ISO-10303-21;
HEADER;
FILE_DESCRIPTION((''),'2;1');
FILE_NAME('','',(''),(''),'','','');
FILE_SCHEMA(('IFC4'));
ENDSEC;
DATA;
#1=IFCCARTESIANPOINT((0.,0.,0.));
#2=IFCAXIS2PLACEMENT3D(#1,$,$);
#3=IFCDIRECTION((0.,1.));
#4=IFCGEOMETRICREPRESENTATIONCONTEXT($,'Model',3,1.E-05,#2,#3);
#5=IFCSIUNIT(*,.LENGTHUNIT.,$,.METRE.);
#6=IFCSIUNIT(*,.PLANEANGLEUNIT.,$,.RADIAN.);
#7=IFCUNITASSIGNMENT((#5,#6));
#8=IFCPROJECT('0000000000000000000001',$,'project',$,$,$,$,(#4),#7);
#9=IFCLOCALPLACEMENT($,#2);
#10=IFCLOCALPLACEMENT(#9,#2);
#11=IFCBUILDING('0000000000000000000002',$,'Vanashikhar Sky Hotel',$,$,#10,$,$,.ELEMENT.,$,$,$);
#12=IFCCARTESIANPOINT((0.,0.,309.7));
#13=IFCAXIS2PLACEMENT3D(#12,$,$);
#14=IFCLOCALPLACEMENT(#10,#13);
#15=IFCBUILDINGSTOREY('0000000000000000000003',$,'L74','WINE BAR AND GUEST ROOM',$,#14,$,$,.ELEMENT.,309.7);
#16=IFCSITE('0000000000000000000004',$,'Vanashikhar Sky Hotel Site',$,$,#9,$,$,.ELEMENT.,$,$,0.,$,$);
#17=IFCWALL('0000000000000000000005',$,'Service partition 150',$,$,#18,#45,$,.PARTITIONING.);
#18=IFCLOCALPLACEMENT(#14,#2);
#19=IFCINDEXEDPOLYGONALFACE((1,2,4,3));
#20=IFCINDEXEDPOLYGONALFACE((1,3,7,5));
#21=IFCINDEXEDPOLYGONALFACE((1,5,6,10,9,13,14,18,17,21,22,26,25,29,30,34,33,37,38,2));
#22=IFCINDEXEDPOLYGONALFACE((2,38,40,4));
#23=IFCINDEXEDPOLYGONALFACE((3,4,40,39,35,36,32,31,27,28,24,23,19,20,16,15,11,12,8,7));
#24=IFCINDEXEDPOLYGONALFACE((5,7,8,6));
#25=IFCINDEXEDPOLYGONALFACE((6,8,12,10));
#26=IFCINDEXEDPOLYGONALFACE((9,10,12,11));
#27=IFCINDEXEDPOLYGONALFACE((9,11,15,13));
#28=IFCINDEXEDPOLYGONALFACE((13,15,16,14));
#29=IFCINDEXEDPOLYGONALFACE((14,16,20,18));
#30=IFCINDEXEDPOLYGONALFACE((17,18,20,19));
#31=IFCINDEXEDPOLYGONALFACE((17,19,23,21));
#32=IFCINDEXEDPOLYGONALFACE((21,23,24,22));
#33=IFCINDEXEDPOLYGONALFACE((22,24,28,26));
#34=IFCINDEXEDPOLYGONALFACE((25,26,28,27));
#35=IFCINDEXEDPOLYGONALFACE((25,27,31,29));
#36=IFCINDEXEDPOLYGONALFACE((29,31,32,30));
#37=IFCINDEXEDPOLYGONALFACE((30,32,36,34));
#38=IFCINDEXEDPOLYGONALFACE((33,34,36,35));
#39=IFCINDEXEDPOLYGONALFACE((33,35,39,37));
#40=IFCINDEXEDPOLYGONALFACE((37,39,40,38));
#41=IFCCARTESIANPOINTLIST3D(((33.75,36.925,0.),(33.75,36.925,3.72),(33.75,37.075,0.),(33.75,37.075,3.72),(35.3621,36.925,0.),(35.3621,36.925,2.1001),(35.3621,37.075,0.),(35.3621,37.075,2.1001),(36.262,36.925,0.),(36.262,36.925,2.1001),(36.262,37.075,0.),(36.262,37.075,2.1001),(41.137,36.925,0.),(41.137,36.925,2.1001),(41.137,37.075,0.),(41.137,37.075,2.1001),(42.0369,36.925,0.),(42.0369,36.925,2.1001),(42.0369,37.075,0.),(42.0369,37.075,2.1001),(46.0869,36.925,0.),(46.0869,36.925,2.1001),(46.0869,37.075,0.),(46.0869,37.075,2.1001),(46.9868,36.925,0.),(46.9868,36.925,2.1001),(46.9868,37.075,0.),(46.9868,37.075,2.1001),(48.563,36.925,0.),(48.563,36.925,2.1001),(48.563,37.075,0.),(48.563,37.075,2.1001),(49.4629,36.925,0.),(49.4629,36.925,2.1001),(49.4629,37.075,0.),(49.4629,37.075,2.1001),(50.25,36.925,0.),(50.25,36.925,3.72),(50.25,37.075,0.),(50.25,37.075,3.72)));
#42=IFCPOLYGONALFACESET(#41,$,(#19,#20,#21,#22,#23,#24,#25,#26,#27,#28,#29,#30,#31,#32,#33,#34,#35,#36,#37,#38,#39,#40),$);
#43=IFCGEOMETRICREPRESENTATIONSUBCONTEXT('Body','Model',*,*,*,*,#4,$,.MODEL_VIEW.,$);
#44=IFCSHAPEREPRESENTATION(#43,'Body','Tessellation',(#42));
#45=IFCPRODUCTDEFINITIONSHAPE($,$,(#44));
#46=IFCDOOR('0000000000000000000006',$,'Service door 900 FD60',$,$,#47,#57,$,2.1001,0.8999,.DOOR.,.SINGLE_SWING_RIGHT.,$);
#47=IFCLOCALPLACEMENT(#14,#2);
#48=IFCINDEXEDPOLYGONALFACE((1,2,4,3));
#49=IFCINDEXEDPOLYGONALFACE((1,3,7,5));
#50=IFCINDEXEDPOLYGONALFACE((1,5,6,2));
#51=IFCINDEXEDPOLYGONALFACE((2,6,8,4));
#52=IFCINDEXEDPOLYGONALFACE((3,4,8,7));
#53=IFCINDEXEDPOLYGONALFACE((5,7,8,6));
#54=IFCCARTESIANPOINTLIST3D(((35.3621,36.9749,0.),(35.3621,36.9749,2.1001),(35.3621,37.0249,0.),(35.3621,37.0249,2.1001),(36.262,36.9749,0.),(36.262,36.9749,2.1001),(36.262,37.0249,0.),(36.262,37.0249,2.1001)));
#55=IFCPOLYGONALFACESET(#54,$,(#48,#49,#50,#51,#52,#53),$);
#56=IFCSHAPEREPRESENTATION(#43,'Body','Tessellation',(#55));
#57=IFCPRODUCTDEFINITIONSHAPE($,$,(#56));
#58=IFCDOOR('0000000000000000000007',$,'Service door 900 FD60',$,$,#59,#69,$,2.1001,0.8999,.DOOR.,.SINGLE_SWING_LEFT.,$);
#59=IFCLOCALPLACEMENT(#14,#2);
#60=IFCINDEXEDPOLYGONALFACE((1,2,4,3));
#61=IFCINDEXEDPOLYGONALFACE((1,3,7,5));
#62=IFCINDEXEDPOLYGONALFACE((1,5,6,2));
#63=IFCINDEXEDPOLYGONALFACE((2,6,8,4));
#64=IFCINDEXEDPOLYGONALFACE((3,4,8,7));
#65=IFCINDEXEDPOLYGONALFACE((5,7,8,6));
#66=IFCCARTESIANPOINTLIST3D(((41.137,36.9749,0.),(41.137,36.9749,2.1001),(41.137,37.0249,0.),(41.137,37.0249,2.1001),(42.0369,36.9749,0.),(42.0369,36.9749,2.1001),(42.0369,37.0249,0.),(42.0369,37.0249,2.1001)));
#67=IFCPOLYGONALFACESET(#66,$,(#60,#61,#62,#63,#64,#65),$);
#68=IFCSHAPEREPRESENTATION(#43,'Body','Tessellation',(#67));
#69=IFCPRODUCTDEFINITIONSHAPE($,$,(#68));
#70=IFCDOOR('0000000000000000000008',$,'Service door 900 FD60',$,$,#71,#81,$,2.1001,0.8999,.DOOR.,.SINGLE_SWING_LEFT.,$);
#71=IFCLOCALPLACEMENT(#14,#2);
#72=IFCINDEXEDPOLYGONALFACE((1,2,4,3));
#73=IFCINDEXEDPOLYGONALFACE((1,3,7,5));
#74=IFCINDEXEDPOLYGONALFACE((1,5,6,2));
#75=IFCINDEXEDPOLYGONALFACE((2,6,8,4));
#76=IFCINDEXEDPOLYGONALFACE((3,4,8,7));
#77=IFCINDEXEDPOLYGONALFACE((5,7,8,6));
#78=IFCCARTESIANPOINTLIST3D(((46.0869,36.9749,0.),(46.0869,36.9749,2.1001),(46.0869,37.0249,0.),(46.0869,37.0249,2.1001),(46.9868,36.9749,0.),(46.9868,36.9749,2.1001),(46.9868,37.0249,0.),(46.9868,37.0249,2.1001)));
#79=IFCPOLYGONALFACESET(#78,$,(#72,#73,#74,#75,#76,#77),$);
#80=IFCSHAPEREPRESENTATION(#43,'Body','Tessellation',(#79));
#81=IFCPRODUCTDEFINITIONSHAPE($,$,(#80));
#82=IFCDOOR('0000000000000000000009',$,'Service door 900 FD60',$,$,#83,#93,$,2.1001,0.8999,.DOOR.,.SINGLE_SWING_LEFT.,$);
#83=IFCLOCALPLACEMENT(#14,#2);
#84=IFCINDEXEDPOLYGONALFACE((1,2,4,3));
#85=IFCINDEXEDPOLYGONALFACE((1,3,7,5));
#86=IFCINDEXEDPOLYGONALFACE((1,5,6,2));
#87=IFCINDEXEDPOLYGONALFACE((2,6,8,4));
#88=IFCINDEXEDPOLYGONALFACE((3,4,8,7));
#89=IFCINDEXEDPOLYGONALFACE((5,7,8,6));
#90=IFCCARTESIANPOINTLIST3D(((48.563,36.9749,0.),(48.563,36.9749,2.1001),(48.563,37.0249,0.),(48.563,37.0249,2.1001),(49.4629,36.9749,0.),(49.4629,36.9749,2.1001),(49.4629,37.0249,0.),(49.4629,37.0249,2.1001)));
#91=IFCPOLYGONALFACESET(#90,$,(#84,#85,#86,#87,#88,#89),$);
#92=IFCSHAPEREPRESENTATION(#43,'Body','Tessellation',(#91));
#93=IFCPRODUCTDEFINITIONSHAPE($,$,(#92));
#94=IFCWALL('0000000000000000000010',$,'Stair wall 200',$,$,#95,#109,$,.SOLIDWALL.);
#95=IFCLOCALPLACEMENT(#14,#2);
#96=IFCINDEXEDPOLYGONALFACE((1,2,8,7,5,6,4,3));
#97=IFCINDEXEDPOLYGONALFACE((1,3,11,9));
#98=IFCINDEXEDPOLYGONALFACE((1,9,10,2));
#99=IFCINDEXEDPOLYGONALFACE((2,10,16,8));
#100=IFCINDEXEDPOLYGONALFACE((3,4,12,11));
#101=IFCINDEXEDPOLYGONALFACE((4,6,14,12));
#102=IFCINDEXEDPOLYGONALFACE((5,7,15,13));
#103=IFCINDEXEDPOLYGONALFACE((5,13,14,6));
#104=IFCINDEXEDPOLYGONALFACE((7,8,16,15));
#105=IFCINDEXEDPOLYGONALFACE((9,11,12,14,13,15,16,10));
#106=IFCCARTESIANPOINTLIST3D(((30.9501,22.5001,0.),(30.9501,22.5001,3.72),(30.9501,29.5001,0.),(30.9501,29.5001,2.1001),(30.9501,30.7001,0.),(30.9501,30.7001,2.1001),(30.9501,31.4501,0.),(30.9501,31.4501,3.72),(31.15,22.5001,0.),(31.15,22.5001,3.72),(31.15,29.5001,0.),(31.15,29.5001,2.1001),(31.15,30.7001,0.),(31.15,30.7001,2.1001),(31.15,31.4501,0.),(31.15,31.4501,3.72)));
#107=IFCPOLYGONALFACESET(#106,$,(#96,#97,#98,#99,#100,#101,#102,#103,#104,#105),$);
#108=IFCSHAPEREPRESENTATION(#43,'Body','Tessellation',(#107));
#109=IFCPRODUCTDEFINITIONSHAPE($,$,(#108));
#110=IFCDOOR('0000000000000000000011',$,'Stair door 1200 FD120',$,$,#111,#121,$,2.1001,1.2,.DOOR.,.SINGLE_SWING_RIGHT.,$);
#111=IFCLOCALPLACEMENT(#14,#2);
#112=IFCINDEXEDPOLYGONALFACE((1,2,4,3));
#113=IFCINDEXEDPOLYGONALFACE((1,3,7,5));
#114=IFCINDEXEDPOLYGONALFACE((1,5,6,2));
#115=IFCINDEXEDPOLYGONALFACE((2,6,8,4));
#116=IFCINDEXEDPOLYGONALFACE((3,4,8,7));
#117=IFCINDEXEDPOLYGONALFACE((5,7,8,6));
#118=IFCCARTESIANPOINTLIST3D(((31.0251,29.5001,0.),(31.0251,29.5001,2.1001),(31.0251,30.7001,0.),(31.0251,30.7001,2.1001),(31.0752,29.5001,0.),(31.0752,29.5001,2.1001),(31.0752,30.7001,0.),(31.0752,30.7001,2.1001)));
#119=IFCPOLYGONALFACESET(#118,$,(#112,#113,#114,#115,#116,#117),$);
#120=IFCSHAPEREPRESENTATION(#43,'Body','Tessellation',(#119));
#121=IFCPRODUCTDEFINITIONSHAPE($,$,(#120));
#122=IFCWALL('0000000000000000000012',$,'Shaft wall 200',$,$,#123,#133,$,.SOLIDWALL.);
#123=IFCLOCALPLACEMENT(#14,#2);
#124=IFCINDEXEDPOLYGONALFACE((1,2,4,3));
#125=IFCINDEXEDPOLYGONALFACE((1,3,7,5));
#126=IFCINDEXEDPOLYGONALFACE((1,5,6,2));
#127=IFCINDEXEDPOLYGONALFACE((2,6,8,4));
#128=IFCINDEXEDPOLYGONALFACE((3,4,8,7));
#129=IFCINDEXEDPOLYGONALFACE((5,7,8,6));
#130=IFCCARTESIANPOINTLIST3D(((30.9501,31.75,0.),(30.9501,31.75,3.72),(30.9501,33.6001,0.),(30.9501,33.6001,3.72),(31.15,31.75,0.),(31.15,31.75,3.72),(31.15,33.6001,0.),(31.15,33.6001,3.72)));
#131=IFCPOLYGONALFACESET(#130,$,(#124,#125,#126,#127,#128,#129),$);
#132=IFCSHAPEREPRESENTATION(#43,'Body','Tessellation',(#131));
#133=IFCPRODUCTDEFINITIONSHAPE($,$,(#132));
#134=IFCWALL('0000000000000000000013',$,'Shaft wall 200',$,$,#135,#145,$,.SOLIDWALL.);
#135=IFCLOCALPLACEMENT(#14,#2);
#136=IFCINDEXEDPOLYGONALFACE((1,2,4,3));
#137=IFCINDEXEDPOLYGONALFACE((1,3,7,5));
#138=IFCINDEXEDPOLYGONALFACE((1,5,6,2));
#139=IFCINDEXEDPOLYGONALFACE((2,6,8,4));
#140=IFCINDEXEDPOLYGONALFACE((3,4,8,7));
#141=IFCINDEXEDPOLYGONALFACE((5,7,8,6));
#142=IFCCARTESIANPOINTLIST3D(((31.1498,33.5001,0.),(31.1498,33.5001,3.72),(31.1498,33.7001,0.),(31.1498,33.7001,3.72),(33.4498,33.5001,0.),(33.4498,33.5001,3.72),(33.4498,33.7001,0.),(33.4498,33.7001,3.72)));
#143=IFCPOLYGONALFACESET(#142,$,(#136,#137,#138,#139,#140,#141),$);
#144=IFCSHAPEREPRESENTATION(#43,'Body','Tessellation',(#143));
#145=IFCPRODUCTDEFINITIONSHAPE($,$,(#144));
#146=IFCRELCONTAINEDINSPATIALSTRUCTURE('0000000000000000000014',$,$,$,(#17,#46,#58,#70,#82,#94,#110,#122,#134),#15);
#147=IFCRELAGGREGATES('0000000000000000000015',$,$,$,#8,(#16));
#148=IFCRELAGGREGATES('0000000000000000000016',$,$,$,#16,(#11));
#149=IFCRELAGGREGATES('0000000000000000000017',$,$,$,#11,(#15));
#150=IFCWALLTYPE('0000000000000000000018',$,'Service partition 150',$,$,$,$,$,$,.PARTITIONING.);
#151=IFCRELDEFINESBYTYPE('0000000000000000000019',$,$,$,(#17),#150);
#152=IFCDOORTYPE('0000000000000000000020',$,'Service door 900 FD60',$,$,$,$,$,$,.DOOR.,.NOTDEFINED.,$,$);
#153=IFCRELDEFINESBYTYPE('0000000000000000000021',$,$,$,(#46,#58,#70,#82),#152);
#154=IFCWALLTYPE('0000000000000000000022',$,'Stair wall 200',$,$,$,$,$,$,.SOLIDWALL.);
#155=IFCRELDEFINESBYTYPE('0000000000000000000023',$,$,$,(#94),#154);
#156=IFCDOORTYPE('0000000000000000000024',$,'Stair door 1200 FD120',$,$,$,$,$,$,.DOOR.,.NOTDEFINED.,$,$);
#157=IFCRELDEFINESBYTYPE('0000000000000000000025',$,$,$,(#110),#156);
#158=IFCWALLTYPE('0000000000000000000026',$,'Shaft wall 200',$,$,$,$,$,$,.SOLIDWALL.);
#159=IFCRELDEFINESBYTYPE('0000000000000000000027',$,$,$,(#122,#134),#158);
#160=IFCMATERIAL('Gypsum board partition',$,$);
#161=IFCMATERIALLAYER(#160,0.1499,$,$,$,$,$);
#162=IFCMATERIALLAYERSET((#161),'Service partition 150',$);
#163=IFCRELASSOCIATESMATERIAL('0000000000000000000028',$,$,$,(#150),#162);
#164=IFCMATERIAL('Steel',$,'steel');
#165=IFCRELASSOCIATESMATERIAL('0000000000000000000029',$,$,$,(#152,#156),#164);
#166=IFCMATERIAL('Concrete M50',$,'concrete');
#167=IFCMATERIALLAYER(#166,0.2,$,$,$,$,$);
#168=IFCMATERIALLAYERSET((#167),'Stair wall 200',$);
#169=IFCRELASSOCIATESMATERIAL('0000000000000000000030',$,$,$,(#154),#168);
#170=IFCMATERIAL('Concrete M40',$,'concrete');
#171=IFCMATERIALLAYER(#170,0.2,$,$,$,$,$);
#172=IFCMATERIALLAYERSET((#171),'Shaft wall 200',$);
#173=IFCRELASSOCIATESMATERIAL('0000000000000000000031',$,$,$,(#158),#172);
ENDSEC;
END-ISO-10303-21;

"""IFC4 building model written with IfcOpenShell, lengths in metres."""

from ifc_helpers import new_model, si_unit, direction, frame, frame_2d, origin, place, context, subcontext, project, spatial, rectangle, extrude, source, transform, mapped, material, layer, layer_set, type_object, element, fill, save


model = new_model("IFC4")

# Units and contexts
model_context = context("Model", 3, precision=1e-05, world=origin(), true_north=direction((0.0, 1.0)))
body_context = subcontext(model_context, "Body", "Model", "MODEL_VIEW")
ifc_project = project(units=[si_unit("LENGTHUNIT", "METRE"), si_unit("PLANEANGLEUNIT", "RADIAN")], contexts=[model_context])

# Site, building, storey
site_placement = place(None, origin())
site = spatial("IfcSite", under=ifc_project, at=site_placement, Name="Vanashikhar Sky Hotel Site", CompositionType="ELEMENT", RefElevation=0.0)
building_placement = place(site_placement, origin())
building = spatial("IfcBuilding", under=site, at=building_placement, Name="Vanashikhar Sky Hotel", CompositionType="ELEMENT")
storey_placement = place(building_placement, frame((0.0, 0.0, 309.7)))
storey = spatial("IfcBuildingStorey", under=building, at=storey_placement, Name="L74", Description="WINE BAR AND GUEST ROOM", CompositionType="ELEMENT", Elevation=309.7)

# Shared definitions
ifc_material_1 = material(Name="Concrete M50", Category="concrete")
ifc_material_2 = material(Name="Steel", Category="steel")

# Shared definitions
ifc_material_3 = material(Name="Gypsum board partition")
ifc_layer_1 = layer(ifc_material_3, 0.1499)
ifc_layer_set_1 = layer_set([ifc_layer_1], Name="Service partition 150")
wall_type_1 = type_object("IfcWallType", Name="Service partition 150", PredefinedType="PARTITIONING", material=ifc_layer_set_1)

# Wall, openings, doors
shared_shape_1 = source(origin(), body_context, "Body", "SweptSolid", [
    extrude(rectangle(XDim=0.8999, YDim=2.1001, at=frame_2d((0.45, 1.05))), frame((0.0, 0.085, 0.0), z_axis=(0.0, -1.0, 0.0), x_axis=(1.0, 0.0, 0.0)), (0.0, 0.0, 1.0), 0.1699),
])
door_type_1 = type_object("IfcDoorType", Name="Service door 900 FD60", OperationType="NOTDEFINED", PredefinedType="DOOR", material=ifc_material_2)
shared_shape_2 = source(origin(), body_context, "Body", "SweptSolid", [
    extrude(rectangle(XDim=0.8999, YDim=2.1001, at=frame_2d((0.45, 1.05))), frame((0.0, 0.0249, 0.0), z_axis=(0.0, -1.0, 0.0), x_axis=(1.0, 0.0, 0.0)), (0.0, 0.0, 1.0), 0.05),
])
shared_shape_3 = source(origin(), body_context, "Body", "SweptSolid", [
    extrude(rectangle(XDim=16.5, YDim=0.1499, at=frame_2d((8.25, 0.0))), origin(), (0.0, 0.0, 1.0), 3.72),
])
wall_1_placement = place(storey_placement, frame((33.75, 37.0, 0.0), z_axis=(0.0, 0.0, 1.0), x_axis=(1.0, 0.0, 0.0)))
wall_1 = element("IfcWall", 1, at=wall_1_placement, inside=storey, type_object=wall_type_1, Name="Service partition 150", PredefinedType="PARTITIONING", context=body_context, shape_type="MappedRepresentation", body=[
    mapped(shared_shape_3, transform((0.0, 0.0, 0.0), scale=1.0)),
])
opening_1_placement = place(wall_1_placement, frame((1.6121, 0.0, 0.0)))
opening_1 = element("IfcOpeningElement", 2, at=opening_1_placement, cuts=wall_1, PredefinedType="OPENING", context=body_context, shape_type="MappedRepresentation", body=[
    mapped(shared_shape_1, transform((0.0, 0.0, 0.0), scale=1.0)),
])
opening_2_placement = place(wall_1_placement, frame((7.387, 0.0, 0.0)))
opening_2 = element("IfcOpeningElement", 3, at=opening_2_placement, cuts=wall_1, PredefinedType="OPENING", context=body_context, shape_type="MappedRepresentation", body=[
    mapped(shared_shape_1, transform((0.0, 0.0, 0.0), scale=1.0)),
])
opening_3_placement = place(wall_1_placement, frame((12.3369, 0.0, 0.0)))
opening_3 = element("IfcOpeningElement", 4, at=opening_3_placement, cuts=wall_1, PredefinedType="OPENING", context=body_context, shape_type="MappedRepresentation", body=[
    mapped(shared_shape_1, transform((0.0, 0.0, 0.0), scale=1.0)),
])
opening_4_placement = place(wall_1_placement, frame((14.813, 0.0, 0.0)))
opening_4 = element("IfcOpeningElement", 5, at=opening_4_placement, cuts=wall_1, PredefinedType="OPENING", context=body_context, shape_type="MappedRepresentation", body=[
    mapped(shared_shape_1, transform((0.0, 0.0, 0.0), scale=1.0)),
])
door_1_placement = place(opening_1_placement, origin())
door_1 = element("IfcDoor", 6, at=door_1_placement, inside=storey, type_object=door_type_1, Name="Service door 900 FD60", OperationType="SINGLE_SWING_RIGHT", OverallHeight=2.1001, OverallWidth=0.8999, PredefinedType="DOOR", context=body_context, shape_type="MappedRepresentation", body=[
    mapped(shared_shape_2, transform((0.0, 0.0, 0.0), scale=1.0)),
])
fill(opening_1, door_1)
door_2_placement = place(opening_2_placement, origin())
door_2 = element("IfcDoor", 7, at=door_2_placement, inside=storey, type_object=door_type_1, Name="Service door 900 FD60", OperationType="SINGLE_SWING_LEFT", OverallHeight=2.1001, OverallWidth=0.8999, PredefinedType="DOOR", context=body_context, shape_type="MappedRepresentation", body=[
    mapped(shared_shape_2, transform((0.0, 0.0, 0.0), scale=1.0)),
])
fill(opening_2, door_2)
door_3_placement = place(opening_3_placement, origin())
door_3 = element("IfcDoor", 8, at=door_3_placement, inside=storey, type_object=door_type_1, Name="Service door 900 FD60", OperationType="SINGLE_SWING_LEFT", OverallHeight=2.1001, OverallWidth=0.8999, PredefinedType="DOOR", context=body_context, shape_type="MappedRepresentation", body=[
    mapped(shared_shape_2, transform((0.0, 0.0, 0.0), scale=1.0)),
])
fill(opening_3, door_3)
door_4_placement = place(opening_4_placement, origin())
door_4 = element("IfcDoor", 9, at=door_4_placement, inside=storey, type_object=door_type_1, Name="Service door 900 FD60", OperationType="SINGLE_SWING_LEFT", OverallHeight=2.1001, OverallWidth=0.8999, PredefinedType="DOOR", context=body_context, shape_type="MappedRepresentation", body=[
    mapped(shared_shape_2, transform((0.0, 0.0, 0.0), scale=1.0)),
])
fill(opening_4, door_4)

# Wall, opening, door
ifc_layer_2 = layer(ifc_material_1, 0.2)
ifc_layer_set_2 = layer_set([ifc_layer_2], Name="Stair wall 200")
wall_type_2 = type_object("IfcWallType", Name="Stair wall 200", PredefinedType="SOLIDWALL", material=ifc_layer_set_2)
shared_shape_4 = source(origin(), body_context, "Body", "SweptSolid", [
    extrude(rectangle(XDim=8.95, YDim=0.2, at=frame_2d((4.4751, 0.0))), origin(), (0.0, 0.0, 1.0), 3.72),
])
wall_2_placement = place(storey_placement, frame((31.05, 22.5, 0.0), z_axis=(0.0, 0.0, 1.0), x_axis=(0.0, 1.0, 0.0)))
wall_2 = element("IfcWall", 10, at=wall_2_placement, inside=storey, type_object=wall_type_2, Name="Stair wall 200", PredefinedType="SOLIDWALL", context=body_context, shape_type="MappedRepresentation", body=[
    mapped(shared_shape_4, transform((0.0, 0.0, 0.0), scale=1.0)),
])
shared_shape_5 = source(origin(), body_context, "Body", "SweptSolid", [
    extrude(rectangle(XDim=1.2, YDim=2.1001, at=frame_2d((0.6001, 1.05))), frame((0.0, 0.1099, 0.0), z_axis=(0.0, -1.0, 0.0), x_axis=(1.0, 0.0, 0.0)), (0.0, 0.0, 1.0), 0.22),
])
opening_5_placement = place(wall_2_placement, frame((7.0, 0.0, 0.0)))
opening_5 = element("IfcOpeningElement", 11, at=opening_5_placement, cuts=wall_2, PredefinedType="OPENING", context=body_context, shape_type="MappedRepresentation", body=[
    mapped(shared_shape_5, transform((0.0, 0.0, 0.0), scale=1.0)),
])
door_type_2 = type_object("IfcDoorType", Name="Stair door 1200 FD120", OperationType="NOTDEFINED", PredefinedType="DOOR", material=ifc_material_2)
shared_shape_6 = source(origin(), body_context, "Body", "SweptSolid", [
    extrude(rectangle(XDim=1.2, YDim=2.1001, at=frame_2d((0.6001, 1.05))), frame((0.0, 0.0249, 0.0), z_axis=(0.0, -1.0, 0.0), x_axis=(1.0, 0.0, 0.0)), (0.0, 0.0, 1.0), 0.05),
])
door_5_placement = place(opening_5_placement, origin())
door_5 = element("IfcDoor", 12, at=door_5_placement, inside=storey, type_object=door_type_2, Name="Stair door 1200 FD120", OperationType="SINGLE_SWING_RIGHT", OverallHeight=2.1001, OverallWidth=1.2, PredefinedType="DOOR", context=body_context, shape_type="MappedRepresentation", body=[
    mapped(shared_shape_6, transform((0.0, 0.0, 0.0), scale=1.0)),
])
fill(opening_5, door_5)

# Walls
ifc_material_4 = material(Name="Concrete M40", Category="concrete")
ifc_layer_3 = layer(ifc_material_4, 0.2)
ifc_layer_set_3 = layer_set([ifc_layer_3], Name="Shaft wall 200")
wall_type_3 = type_object("IfcWallType", Name="Shaft wall 200", PredefinedType="SOLIDWALL", material=ifc_layer_set_3)
shared_shape_7 = source(origin(), body_context, "Body", "SweptSolid", [
    extrude(rectangle(XDim=1.8501, YDim=0.2, at=frame_2d((0.925, 0.0))), origin(), (0.0, 0.0, 1.0), 3.72),
])
wall_3_placement = place(storey_placement, frame((31.05, 31.75, 0.0), z_axis=(0.0, 0.0, 1.0), x_axis=(0.0, 1.0, 0.0)))
element("IfcWall", 13, at=wall_3_placement, inside=storey, type_object=wall_type_3, Name="Shaft wall 200", PredefinedType="SOLIDWALL", context=body_context, shape_type="MappedRepresentation", body=[
    mapped(shared_shape_7, transform((0.0, 0.0, 0.0), scale=1.0)),
])
shared_shape_8 = source(origin(), body_context, "Body", "SweptSolid", [
    extrude(rectangle(XDim=2.3, YDim=0.2, at=frame_2d((1.1499, 0.0))), origin(), (0.0, 0.0, 1.0), 3.72),
])
wall_4_placement = place(storey_placement, frame((31.1499, 33.6001, 0.0), z_axis=(0.0, 0.0, 1.0), x_axis=(1.0, 0.0, 0.0)))
element("IfcWall", 14, at=wall_4_placement, inside=storey, type_object=wall_type_3, Name="Shaft wall 200", PredefinedType="SOLIDWALL", context=body_context, shape_type="MappedRepresentation", body=[
    mapped(shared_shape_8, transform((0.0, 0.0, 0.0), scale=1.0)),
])

save(model, "model.ifc")
